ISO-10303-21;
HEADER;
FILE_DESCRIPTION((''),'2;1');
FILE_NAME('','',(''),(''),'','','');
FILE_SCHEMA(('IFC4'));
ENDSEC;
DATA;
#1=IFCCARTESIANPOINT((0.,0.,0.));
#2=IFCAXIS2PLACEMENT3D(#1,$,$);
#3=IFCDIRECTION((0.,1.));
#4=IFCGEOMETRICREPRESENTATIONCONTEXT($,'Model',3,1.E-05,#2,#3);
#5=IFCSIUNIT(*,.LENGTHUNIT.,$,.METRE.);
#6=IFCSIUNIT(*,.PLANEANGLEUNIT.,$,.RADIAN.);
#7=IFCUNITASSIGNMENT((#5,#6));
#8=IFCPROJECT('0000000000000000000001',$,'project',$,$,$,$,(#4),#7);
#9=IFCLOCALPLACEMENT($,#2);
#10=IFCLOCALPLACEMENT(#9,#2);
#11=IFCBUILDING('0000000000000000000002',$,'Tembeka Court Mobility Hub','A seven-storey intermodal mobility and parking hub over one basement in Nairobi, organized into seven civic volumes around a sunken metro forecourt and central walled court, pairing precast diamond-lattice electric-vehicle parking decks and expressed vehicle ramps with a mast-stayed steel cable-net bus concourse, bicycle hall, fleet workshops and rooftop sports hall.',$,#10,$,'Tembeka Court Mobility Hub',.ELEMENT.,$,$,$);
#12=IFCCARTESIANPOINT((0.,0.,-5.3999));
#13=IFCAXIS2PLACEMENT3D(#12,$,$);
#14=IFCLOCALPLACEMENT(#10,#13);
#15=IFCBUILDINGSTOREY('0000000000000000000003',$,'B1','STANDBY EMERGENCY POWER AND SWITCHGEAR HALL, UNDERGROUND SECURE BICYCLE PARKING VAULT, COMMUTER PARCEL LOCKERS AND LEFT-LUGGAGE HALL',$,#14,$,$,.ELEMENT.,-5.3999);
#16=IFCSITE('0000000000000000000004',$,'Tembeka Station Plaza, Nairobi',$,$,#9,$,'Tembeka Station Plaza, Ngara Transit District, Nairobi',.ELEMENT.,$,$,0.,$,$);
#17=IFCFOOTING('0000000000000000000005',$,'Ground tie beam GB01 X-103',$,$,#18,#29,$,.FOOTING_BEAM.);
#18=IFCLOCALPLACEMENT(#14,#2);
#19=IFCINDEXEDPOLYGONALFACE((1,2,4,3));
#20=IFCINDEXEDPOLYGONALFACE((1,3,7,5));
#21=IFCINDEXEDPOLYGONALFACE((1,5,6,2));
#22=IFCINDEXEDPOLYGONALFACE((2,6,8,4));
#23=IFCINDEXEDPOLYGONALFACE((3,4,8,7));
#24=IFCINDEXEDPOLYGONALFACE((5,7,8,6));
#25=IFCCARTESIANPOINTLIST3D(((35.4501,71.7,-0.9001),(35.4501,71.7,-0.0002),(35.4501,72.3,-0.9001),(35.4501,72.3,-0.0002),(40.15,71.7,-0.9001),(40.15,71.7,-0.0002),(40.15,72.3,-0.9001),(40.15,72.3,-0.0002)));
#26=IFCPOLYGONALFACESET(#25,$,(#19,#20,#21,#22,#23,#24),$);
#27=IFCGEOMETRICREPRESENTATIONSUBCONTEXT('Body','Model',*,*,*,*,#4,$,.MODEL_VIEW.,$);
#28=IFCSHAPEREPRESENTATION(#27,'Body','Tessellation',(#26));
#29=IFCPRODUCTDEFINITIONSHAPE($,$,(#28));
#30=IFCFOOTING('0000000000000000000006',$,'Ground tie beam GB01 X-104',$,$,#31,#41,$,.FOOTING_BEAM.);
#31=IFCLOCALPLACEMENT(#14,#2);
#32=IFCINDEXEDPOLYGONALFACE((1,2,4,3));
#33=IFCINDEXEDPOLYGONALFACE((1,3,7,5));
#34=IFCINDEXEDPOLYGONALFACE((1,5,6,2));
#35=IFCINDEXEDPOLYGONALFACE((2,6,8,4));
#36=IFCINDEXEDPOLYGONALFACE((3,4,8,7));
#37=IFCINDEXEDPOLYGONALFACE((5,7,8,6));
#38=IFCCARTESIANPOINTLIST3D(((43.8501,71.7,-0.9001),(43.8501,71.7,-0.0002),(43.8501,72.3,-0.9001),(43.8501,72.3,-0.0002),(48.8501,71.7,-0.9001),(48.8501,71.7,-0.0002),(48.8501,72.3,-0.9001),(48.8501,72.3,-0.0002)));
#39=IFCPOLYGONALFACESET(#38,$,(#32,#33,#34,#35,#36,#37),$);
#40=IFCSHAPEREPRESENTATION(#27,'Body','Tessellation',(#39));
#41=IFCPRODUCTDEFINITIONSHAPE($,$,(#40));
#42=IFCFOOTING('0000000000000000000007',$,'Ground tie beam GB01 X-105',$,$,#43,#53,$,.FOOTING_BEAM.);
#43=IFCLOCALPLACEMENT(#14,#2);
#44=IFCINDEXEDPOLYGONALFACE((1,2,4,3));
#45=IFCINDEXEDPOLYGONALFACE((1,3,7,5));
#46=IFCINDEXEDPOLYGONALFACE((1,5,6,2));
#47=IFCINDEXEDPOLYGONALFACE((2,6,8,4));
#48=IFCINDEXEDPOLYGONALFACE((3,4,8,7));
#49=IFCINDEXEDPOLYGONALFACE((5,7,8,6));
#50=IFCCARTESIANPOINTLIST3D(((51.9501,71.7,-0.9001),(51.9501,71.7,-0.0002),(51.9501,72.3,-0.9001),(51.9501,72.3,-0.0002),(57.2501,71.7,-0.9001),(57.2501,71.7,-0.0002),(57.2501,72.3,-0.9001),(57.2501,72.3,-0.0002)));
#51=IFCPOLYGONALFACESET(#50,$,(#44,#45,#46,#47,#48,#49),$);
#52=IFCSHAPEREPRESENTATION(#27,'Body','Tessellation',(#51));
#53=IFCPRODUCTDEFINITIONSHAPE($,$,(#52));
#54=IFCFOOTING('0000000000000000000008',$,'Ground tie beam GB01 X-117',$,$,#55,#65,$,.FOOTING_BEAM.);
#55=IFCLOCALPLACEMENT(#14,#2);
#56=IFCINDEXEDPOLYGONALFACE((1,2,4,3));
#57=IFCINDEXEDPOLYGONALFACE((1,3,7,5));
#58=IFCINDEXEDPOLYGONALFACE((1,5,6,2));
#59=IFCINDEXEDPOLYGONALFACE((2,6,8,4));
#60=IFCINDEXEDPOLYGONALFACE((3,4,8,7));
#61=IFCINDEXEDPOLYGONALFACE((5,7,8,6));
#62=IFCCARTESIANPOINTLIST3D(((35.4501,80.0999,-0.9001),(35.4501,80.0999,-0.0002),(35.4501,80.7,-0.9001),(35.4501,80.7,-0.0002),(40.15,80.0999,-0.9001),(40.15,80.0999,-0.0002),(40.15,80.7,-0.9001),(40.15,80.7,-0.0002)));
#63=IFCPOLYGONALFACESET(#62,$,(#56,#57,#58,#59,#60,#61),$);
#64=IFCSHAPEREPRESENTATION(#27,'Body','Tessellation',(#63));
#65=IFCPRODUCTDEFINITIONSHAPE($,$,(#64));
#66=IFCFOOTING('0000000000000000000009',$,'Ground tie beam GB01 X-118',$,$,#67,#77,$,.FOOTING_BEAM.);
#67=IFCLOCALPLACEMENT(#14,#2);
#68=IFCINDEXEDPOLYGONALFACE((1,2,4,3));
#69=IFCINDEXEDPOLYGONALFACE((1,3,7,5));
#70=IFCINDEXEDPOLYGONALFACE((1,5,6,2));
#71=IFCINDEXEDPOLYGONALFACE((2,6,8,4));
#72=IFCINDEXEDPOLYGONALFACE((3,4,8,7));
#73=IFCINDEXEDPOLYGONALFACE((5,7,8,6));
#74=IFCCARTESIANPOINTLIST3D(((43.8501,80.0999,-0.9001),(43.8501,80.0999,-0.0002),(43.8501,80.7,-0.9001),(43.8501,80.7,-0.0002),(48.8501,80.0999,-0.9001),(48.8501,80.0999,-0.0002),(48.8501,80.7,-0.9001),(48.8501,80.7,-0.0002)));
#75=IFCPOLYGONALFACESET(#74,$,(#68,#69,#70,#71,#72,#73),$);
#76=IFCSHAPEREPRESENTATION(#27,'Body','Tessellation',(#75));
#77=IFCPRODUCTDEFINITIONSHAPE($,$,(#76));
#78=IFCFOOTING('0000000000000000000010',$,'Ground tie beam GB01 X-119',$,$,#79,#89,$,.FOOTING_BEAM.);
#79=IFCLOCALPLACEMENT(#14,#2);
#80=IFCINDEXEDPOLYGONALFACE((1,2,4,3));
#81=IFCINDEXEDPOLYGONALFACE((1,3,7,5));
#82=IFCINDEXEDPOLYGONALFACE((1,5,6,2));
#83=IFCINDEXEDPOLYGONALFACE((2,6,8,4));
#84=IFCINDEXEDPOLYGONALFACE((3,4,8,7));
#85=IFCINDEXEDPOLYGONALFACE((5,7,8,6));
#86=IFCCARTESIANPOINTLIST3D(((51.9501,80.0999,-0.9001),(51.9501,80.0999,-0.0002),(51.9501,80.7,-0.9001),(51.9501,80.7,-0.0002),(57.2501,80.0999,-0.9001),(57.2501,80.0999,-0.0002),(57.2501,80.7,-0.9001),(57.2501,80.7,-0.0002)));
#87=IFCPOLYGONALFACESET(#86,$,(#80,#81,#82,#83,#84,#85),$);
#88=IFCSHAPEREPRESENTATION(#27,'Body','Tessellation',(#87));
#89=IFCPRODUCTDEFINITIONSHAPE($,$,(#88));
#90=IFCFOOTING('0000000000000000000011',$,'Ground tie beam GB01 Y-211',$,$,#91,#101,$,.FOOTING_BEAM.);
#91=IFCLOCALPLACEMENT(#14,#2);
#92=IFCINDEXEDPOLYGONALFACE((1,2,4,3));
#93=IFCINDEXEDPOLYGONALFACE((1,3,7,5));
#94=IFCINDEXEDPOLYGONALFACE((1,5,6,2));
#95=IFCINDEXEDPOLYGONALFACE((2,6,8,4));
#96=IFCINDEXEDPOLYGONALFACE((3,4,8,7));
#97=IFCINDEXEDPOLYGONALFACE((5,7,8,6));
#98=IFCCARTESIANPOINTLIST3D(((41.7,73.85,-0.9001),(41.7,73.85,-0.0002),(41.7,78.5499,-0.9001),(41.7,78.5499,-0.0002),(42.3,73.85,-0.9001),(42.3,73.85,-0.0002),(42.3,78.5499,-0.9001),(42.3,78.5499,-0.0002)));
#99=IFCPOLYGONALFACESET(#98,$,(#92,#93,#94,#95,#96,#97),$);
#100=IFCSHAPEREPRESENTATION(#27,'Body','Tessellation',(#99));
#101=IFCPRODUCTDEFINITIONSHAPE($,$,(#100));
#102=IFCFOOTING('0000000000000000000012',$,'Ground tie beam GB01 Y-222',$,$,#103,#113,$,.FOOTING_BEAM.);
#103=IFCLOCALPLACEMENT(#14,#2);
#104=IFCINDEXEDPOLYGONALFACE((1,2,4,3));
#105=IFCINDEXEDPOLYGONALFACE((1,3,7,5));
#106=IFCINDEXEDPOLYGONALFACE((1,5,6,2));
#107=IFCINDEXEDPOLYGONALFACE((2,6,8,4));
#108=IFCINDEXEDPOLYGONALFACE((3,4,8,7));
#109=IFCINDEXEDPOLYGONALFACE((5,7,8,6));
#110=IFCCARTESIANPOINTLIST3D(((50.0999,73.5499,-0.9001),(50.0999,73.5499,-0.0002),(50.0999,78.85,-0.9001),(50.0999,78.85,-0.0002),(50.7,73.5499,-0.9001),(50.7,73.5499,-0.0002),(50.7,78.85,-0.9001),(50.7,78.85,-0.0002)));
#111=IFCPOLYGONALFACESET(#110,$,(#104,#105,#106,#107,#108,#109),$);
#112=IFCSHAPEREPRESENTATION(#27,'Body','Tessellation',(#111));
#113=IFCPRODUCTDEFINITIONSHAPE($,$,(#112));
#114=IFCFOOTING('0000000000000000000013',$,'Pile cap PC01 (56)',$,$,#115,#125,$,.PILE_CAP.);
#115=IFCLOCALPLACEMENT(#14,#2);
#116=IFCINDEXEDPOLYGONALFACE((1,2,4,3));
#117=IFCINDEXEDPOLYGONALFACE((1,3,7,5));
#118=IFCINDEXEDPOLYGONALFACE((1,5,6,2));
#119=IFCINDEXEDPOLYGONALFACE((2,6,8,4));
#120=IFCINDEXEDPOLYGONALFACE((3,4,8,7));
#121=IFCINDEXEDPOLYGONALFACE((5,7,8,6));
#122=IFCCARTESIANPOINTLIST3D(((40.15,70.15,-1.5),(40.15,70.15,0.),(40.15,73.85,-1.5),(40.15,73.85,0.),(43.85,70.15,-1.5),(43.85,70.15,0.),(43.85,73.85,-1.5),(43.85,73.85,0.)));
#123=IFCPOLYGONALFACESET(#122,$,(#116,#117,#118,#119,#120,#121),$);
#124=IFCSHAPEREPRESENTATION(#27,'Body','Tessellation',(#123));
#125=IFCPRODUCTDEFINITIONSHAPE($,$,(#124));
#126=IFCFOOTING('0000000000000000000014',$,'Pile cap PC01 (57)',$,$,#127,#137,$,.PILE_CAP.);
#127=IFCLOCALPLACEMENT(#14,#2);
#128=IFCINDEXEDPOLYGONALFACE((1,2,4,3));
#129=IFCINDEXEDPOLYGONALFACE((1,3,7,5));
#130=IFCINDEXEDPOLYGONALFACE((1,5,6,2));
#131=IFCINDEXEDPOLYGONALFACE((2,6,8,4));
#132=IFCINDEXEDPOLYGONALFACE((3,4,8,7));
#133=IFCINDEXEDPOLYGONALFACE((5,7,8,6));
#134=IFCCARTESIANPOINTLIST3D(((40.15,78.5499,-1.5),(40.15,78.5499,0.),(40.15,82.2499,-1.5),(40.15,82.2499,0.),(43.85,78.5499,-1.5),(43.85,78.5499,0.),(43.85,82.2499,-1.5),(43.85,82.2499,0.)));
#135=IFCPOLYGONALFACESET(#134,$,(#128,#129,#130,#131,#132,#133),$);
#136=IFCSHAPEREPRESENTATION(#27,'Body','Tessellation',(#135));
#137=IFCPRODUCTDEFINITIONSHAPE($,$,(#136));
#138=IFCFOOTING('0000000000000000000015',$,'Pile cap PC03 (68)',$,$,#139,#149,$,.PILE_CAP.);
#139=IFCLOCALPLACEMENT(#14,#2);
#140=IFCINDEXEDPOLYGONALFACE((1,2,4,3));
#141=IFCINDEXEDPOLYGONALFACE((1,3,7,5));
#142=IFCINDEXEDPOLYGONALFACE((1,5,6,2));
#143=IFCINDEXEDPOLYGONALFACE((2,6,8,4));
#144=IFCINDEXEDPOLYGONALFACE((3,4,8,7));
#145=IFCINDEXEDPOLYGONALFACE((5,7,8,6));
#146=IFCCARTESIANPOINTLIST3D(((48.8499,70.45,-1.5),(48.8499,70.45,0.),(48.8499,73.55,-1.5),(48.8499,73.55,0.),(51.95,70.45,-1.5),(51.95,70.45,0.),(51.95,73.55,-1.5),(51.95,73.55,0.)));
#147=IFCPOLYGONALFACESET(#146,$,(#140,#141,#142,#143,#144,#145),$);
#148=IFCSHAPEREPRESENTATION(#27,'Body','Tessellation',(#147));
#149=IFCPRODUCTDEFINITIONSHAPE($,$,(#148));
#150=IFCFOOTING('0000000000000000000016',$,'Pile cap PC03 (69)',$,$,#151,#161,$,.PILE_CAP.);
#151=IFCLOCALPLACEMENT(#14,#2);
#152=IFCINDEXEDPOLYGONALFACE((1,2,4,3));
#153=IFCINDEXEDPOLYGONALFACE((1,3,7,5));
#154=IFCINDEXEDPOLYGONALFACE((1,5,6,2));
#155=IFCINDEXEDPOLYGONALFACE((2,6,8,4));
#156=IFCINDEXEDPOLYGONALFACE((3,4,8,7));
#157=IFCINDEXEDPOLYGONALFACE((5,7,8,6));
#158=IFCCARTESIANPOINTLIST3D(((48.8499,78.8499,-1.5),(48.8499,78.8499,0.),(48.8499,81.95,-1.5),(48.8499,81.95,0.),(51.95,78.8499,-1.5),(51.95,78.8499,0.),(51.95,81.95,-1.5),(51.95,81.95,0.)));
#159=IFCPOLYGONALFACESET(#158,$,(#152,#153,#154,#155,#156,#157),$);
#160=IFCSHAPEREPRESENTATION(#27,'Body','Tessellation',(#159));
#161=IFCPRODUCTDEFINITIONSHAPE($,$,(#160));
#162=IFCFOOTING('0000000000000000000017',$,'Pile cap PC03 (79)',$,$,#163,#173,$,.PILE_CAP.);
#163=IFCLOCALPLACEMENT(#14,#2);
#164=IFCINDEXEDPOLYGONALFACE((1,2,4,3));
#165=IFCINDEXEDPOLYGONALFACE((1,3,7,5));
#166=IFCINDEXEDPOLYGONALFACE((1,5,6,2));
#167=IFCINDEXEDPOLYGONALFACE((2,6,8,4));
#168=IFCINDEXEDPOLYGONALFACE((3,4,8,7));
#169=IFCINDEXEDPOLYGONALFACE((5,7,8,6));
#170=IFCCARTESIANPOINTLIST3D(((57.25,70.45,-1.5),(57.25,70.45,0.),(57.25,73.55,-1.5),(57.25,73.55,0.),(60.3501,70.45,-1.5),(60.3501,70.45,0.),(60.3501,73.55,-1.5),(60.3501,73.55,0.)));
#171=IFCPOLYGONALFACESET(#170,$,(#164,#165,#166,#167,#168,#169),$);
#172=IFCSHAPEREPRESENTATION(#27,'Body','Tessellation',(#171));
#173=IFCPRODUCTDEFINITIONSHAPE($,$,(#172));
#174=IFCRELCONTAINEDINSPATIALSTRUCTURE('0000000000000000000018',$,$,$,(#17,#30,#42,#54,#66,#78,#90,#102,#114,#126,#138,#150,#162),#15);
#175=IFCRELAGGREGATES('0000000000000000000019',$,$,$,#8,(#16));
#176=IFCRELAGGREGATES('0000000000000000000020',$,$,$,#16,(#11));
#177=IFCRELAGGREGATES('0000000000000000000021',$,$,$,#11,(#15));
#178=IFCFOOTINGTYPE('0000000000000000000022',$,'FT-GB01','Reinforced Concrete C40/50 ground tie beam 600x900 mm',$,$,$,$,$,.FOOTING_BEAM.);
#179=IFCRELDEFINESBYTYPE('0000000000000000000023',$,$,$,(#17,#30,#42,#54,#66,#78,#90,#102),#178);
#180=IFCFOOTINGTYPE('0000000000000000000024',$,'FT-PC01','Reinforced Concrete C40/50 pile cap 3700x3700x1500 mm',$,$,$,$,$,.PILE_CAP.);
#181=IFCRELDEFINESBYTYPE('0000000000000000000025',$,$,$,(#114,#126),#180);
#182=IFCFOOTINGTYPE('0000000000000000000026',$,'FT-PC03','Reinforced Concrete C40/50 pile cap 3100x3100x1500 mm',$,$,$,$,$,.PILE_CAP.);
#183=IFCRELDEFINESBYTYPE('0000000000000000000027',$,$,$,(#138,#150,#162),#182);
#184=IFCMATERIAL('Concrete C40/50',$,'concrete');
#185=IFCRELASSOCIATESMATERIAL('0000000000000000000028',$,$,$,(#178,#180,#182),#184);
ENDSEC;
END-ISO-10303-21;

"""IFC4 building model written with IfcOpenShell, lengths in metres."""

from ifc_helpers import new_model, si_unit, direction, frame, origin, origin_2d, place, context, subcontext, project, spatial, rectangle, extrude, material, type_object, element, save


model = new_model("IFC4")

# Units and contexts
model_context = context("Model", 3, precision=1e-05, world=origin(), true_north=direction((0.0, 1.0)))
body_context = subcontext(model_context, "Body", "Model", "MODEL_VIEW")
ifc_project = project(units=[si_unit("LENGTHUNIT", "METRE"), si_unit("PLANEANGLEUNIT", "RADIAN")], contexts=[model_context])

# Site, building, storey
site_placement = place(None, origin())
site = spatial("IfcSite", under=ifc_project, at=site_placement, Name="Tembeka Station Plaza, Nairobi", LongName="Tembeka Station Plaza, Ngara Transit District, Nairobi", CompositionType="ELEMENT", RefElevation=0.0)
building_placement = place(site_placement, origin())
building = spatial("IfcBuilding", under=site, at=building_placement, Name="Tembeka Court Mobility Hub", Description="A seven-storey intermodal mobility and parking hub over one basement in Nairobi, organized into seven civic volumes around a sunken metro forecourt and central walled court, pairing precast diamond-lattice electric-vehicle parking decks and expressed vehicle ramps with a mast-stayed steel cable-net bus concourse, bicycle hall, fleet workshops and rooftop sports hall.", LongName="Tembeka Court Mobility Hub", CompositionType="ELEMENT")
storey_placement = place(building_placement, frame((0.0, 0.0, -5.3999)))
storey = spatial("IfcBuildingStorey", under=building, at=storey_placement, Name="B1", Description="STANDBY EMERGENCY POWER AND SWITCHGEAR HALL, UNDERGROUND SECURE BICYCLE PARKING VAULT, COMMUTER PARCEL LOCKERS AND LEFT-LUGGAGE HALL", CompositionType="ELEMENT", Elevation=-5.3999)

# Footings
ifc_material_1 = material(Name="Concrete C40/50", Category="concrete")
footing_type_1 = type_object("IfcFootingType", Name="FT-GB01", Description="Reinforced Concrete C40/50 ground tie beam 600x900 mm", PredefinedType="FOOTING_BEAM", material=ifc_material_1)
footing_1_placement = place(storey_placement, frame((37.8, 72.0, -0.9001), z_axis=(0.0, 0.0, 1.0), x_axis=(1.0, 0.0, 0.0)))
element("IfcFooting", 1, at=footing_1_placement, inside=storey, type_object=footing_type_1, Name="Ground tie beam GB01 X-103", PredefinedType="FOOTING_BEAM", context=body_context, shape_type="SweptSolid", body=[
    extrude(rectangle(XDim=4.7, YDim=0.6001, at=origin_2d()), origin(), (0.0, 0.0, 1.0), 0.8999),
])
footing_2_placement = place(storey_placement, frame((46.3501, 72.0, -0.9001), z_axis=(0.0, 0.0, 1.0), x_axis=(1.0, 0.0, 0.0)))
element("IfcFooting", 2, at=footing_2_placement, inside=storey, type_object=footing_type_1, Name="Ground tie beam GB01 X-104", PredefinedType="FOOTING_BEAM", context=body_context, shape_type="SweptSolid", body=[
    extrude(rectangle(XDim=5.0, YDim=0.6001, at=origin_2d()), origin(), (0.0, 0.0, 1.0), 0.8999),
])
footing_3_placement = place(storey_placement, frame((54.6001, 72.0, -0.9001), z_axis=(0.0, 0.0, 1.0), x_axis=(1.0, 0.0, 0.0)))
element("IfcFooting", 3, at=footing_3_placement, inside=storey, type_object=footing_type_1, Name="Ground tie beam GB01 X-105", PredefinedType="FOOTING_BEAM", context=body_context, shape_type="SweptSolid", body=[
    extrude(rectangle(XDim=5.3, YDim=0.6001, at=origin_2d()), origin(), (0.0, 0.0, 1.0), 0.8999),
])
footing_4_placement = place(storey_placement, frame((37.8, 80.3999, -0.9001), z_axis=(0.0, 0.0, 1.0), x_axis=(1.0, 0.0, 0.0)))
element("IfcFooting", 4, at=footing_4_placement, inside=storey, type_object=footing_type_1, Name="Ground tie beam GB01 X-117", PredefinedType="FOOTING_BEAM", context=body_context, shape_type="SweptSolid", body=[
    extrude(rectangle(XDim=4.7, YDim=0.6001, at=origin_2d()), origin(), (0.0, 0.0, 1.0), 0.8999),
])
footing_5_placement = place(storey_placement, frame((46.3501, 80.3999, -0.9001), z_axis=(0.0, 0.0, 1.0), x_axis=(1.0, 0.0, 0.0)))
element("IfcFooting", 5, at=footing_5_placement, inside=storey, type_object=footing_type_1, Name="Ground tie beam GB01 X-118", PredefinedType="FOOTING_BEAM", context=body_context, shape_type="SweptSolid", body=[
    extrude(rectangle(XDim=5.0, YDim=0.6001, at=origin_2d()), origin(), (0.0, 0.0, 1.0), 0.8999),
])
footing_6_placement = place(storey_placement, frame((54.6001, 80.3999, -0.9001), z_axis=(0.0, 0.0, 1.0), x_axis=(1.0, 0.0, 0.0)))
element("IfcFooting", 6, at=footing_6_placement, inside=storey, type_object=footing_type_1, Name="Ground tie beam GB01 X-119", PredefinedType="FOOTING_BEAM", context=body_context, shape_type="SweptSolid", body=[
    extrude(rectangle(XDim=5.3, YDim=0.6001, at=origin_2d()), origin(), (0.0, 0.0, 1.0), 0.8999),
])
footing_7_placement = place(storey_placement, frame((42.0, 76.2, -0.9001), z_axis=(0.0, 0.0, 1.0), x_axis=(0.0, 1.0, 0.0)))
element("IfcFooting", 7, at=footing_7_placement, inside=storey, type_object=footing_type_1, Name="Ground tie beam GB01 Y-211", PredefinedType="FOOTING_BEAM", context=body_context, shape_type="SweptSolid", body=[
    extrude(rectangle(XDim=4.7, YDim=0.6001, at=origin_2d()), origin(), (0.0, 0.0, 1.0), 0.8999),
])
footing_8_placement = place(storey_placement, frame((50.3999, 76.2, -0.9001), z_axis=(0.0, 0.0, 1.0), x_axis=(0.0, 1.0, 0.0)))
element("IfcFooting", 8, at=footing_8_placement, inside=storey, type_object=footing_type_1, Name="Ground tie beam GB01 Y-222", PredefinedType="FOOTING_BEAM", context=body_context, shape_type="SweptSolid", body=[
    extrude(rectangle(XDim=5.3, YDim=0.6001, at=origin_2d()), origin(), (0.0, 0.0, 1.0), 0.8999),
])
footing_type_2 = type_object("IfcFootingType", Name="FT-PC01", Description="Reinforced Concrete C40/50 pile cap 3700x3700x1500 mm", PredefinedType="PILE_CAP", material=ifc_material_1)
for number, where, z_axis, x_axis, name in (
    (9, (42.0, 72.0, -1.5), (0.0, 0.0, 1.0), (1.0, 0.0, 0.0), "Pile cap PC01 (56)"),
    (10, (42.0, 80.3999, -1.5), (0.0, 0.0, 1.0), (1.0, 0.0, 0.0), "Pile cap PC01 (57)"),
):
    element("IfcFooting", number, at=place(storey_placement, frame(where, z_axis=z_axis, x_axis=x_axis)), inside=storey, type_object=footing_type_2, Name=name, PredefinedType="PILE_CAP", context=body_context, shape_type="SweptSolid", body=[
        extrude(rectangle(XDim=3.7, YDim=3.7, at=origin_2d()), origin(), (0.0, 0.0, 1.0), 1.5),
    ])
footing_type_3 = type_object("IfcFootingType", Name="FT-PC03", Description="Reinforced Concrete C40/50 pile cap 3100x3100x1500 mm", PredefinedType="PILE_CAP", material=ifc_material_1)
for number, where, z_axis, x_axis, name in (
    (11, (50.3999, 72.0, -1.5), (0.0, 0.0, 1.0), (1.0, 0.0, 0.0), "Pile cap PC03 (68)"),
    (12, (50.3999, 80.3999, -1.5), (0.0, 0.0, 1.0), (1.0, 0.0, 0.0), "Pile cap PC03 (69)"),
    (13, (58.8, 72.0, -1.5), (0.0, 0.0, 1.0), (1.0, 0.0, 0.0), "Pile cap PC03 (79)"),
):
    element("IfcFooting", number, at=place(storey_placement, frame(where, z_axis=z_axis, x_axis=x_axis)), inside=storey, type_object=footing_type_3, Name=name, PredefinedType="PILE_CAP", context=body_context, shape_type="SweptSolid", body=[
        extrude(rectangle(XDim=3.1001, YDim=3.1001, at=origin_2d()), origin(), (0.0, 0.0, 1.0), 1.5),
    ])

save(model, "model.ifc")
